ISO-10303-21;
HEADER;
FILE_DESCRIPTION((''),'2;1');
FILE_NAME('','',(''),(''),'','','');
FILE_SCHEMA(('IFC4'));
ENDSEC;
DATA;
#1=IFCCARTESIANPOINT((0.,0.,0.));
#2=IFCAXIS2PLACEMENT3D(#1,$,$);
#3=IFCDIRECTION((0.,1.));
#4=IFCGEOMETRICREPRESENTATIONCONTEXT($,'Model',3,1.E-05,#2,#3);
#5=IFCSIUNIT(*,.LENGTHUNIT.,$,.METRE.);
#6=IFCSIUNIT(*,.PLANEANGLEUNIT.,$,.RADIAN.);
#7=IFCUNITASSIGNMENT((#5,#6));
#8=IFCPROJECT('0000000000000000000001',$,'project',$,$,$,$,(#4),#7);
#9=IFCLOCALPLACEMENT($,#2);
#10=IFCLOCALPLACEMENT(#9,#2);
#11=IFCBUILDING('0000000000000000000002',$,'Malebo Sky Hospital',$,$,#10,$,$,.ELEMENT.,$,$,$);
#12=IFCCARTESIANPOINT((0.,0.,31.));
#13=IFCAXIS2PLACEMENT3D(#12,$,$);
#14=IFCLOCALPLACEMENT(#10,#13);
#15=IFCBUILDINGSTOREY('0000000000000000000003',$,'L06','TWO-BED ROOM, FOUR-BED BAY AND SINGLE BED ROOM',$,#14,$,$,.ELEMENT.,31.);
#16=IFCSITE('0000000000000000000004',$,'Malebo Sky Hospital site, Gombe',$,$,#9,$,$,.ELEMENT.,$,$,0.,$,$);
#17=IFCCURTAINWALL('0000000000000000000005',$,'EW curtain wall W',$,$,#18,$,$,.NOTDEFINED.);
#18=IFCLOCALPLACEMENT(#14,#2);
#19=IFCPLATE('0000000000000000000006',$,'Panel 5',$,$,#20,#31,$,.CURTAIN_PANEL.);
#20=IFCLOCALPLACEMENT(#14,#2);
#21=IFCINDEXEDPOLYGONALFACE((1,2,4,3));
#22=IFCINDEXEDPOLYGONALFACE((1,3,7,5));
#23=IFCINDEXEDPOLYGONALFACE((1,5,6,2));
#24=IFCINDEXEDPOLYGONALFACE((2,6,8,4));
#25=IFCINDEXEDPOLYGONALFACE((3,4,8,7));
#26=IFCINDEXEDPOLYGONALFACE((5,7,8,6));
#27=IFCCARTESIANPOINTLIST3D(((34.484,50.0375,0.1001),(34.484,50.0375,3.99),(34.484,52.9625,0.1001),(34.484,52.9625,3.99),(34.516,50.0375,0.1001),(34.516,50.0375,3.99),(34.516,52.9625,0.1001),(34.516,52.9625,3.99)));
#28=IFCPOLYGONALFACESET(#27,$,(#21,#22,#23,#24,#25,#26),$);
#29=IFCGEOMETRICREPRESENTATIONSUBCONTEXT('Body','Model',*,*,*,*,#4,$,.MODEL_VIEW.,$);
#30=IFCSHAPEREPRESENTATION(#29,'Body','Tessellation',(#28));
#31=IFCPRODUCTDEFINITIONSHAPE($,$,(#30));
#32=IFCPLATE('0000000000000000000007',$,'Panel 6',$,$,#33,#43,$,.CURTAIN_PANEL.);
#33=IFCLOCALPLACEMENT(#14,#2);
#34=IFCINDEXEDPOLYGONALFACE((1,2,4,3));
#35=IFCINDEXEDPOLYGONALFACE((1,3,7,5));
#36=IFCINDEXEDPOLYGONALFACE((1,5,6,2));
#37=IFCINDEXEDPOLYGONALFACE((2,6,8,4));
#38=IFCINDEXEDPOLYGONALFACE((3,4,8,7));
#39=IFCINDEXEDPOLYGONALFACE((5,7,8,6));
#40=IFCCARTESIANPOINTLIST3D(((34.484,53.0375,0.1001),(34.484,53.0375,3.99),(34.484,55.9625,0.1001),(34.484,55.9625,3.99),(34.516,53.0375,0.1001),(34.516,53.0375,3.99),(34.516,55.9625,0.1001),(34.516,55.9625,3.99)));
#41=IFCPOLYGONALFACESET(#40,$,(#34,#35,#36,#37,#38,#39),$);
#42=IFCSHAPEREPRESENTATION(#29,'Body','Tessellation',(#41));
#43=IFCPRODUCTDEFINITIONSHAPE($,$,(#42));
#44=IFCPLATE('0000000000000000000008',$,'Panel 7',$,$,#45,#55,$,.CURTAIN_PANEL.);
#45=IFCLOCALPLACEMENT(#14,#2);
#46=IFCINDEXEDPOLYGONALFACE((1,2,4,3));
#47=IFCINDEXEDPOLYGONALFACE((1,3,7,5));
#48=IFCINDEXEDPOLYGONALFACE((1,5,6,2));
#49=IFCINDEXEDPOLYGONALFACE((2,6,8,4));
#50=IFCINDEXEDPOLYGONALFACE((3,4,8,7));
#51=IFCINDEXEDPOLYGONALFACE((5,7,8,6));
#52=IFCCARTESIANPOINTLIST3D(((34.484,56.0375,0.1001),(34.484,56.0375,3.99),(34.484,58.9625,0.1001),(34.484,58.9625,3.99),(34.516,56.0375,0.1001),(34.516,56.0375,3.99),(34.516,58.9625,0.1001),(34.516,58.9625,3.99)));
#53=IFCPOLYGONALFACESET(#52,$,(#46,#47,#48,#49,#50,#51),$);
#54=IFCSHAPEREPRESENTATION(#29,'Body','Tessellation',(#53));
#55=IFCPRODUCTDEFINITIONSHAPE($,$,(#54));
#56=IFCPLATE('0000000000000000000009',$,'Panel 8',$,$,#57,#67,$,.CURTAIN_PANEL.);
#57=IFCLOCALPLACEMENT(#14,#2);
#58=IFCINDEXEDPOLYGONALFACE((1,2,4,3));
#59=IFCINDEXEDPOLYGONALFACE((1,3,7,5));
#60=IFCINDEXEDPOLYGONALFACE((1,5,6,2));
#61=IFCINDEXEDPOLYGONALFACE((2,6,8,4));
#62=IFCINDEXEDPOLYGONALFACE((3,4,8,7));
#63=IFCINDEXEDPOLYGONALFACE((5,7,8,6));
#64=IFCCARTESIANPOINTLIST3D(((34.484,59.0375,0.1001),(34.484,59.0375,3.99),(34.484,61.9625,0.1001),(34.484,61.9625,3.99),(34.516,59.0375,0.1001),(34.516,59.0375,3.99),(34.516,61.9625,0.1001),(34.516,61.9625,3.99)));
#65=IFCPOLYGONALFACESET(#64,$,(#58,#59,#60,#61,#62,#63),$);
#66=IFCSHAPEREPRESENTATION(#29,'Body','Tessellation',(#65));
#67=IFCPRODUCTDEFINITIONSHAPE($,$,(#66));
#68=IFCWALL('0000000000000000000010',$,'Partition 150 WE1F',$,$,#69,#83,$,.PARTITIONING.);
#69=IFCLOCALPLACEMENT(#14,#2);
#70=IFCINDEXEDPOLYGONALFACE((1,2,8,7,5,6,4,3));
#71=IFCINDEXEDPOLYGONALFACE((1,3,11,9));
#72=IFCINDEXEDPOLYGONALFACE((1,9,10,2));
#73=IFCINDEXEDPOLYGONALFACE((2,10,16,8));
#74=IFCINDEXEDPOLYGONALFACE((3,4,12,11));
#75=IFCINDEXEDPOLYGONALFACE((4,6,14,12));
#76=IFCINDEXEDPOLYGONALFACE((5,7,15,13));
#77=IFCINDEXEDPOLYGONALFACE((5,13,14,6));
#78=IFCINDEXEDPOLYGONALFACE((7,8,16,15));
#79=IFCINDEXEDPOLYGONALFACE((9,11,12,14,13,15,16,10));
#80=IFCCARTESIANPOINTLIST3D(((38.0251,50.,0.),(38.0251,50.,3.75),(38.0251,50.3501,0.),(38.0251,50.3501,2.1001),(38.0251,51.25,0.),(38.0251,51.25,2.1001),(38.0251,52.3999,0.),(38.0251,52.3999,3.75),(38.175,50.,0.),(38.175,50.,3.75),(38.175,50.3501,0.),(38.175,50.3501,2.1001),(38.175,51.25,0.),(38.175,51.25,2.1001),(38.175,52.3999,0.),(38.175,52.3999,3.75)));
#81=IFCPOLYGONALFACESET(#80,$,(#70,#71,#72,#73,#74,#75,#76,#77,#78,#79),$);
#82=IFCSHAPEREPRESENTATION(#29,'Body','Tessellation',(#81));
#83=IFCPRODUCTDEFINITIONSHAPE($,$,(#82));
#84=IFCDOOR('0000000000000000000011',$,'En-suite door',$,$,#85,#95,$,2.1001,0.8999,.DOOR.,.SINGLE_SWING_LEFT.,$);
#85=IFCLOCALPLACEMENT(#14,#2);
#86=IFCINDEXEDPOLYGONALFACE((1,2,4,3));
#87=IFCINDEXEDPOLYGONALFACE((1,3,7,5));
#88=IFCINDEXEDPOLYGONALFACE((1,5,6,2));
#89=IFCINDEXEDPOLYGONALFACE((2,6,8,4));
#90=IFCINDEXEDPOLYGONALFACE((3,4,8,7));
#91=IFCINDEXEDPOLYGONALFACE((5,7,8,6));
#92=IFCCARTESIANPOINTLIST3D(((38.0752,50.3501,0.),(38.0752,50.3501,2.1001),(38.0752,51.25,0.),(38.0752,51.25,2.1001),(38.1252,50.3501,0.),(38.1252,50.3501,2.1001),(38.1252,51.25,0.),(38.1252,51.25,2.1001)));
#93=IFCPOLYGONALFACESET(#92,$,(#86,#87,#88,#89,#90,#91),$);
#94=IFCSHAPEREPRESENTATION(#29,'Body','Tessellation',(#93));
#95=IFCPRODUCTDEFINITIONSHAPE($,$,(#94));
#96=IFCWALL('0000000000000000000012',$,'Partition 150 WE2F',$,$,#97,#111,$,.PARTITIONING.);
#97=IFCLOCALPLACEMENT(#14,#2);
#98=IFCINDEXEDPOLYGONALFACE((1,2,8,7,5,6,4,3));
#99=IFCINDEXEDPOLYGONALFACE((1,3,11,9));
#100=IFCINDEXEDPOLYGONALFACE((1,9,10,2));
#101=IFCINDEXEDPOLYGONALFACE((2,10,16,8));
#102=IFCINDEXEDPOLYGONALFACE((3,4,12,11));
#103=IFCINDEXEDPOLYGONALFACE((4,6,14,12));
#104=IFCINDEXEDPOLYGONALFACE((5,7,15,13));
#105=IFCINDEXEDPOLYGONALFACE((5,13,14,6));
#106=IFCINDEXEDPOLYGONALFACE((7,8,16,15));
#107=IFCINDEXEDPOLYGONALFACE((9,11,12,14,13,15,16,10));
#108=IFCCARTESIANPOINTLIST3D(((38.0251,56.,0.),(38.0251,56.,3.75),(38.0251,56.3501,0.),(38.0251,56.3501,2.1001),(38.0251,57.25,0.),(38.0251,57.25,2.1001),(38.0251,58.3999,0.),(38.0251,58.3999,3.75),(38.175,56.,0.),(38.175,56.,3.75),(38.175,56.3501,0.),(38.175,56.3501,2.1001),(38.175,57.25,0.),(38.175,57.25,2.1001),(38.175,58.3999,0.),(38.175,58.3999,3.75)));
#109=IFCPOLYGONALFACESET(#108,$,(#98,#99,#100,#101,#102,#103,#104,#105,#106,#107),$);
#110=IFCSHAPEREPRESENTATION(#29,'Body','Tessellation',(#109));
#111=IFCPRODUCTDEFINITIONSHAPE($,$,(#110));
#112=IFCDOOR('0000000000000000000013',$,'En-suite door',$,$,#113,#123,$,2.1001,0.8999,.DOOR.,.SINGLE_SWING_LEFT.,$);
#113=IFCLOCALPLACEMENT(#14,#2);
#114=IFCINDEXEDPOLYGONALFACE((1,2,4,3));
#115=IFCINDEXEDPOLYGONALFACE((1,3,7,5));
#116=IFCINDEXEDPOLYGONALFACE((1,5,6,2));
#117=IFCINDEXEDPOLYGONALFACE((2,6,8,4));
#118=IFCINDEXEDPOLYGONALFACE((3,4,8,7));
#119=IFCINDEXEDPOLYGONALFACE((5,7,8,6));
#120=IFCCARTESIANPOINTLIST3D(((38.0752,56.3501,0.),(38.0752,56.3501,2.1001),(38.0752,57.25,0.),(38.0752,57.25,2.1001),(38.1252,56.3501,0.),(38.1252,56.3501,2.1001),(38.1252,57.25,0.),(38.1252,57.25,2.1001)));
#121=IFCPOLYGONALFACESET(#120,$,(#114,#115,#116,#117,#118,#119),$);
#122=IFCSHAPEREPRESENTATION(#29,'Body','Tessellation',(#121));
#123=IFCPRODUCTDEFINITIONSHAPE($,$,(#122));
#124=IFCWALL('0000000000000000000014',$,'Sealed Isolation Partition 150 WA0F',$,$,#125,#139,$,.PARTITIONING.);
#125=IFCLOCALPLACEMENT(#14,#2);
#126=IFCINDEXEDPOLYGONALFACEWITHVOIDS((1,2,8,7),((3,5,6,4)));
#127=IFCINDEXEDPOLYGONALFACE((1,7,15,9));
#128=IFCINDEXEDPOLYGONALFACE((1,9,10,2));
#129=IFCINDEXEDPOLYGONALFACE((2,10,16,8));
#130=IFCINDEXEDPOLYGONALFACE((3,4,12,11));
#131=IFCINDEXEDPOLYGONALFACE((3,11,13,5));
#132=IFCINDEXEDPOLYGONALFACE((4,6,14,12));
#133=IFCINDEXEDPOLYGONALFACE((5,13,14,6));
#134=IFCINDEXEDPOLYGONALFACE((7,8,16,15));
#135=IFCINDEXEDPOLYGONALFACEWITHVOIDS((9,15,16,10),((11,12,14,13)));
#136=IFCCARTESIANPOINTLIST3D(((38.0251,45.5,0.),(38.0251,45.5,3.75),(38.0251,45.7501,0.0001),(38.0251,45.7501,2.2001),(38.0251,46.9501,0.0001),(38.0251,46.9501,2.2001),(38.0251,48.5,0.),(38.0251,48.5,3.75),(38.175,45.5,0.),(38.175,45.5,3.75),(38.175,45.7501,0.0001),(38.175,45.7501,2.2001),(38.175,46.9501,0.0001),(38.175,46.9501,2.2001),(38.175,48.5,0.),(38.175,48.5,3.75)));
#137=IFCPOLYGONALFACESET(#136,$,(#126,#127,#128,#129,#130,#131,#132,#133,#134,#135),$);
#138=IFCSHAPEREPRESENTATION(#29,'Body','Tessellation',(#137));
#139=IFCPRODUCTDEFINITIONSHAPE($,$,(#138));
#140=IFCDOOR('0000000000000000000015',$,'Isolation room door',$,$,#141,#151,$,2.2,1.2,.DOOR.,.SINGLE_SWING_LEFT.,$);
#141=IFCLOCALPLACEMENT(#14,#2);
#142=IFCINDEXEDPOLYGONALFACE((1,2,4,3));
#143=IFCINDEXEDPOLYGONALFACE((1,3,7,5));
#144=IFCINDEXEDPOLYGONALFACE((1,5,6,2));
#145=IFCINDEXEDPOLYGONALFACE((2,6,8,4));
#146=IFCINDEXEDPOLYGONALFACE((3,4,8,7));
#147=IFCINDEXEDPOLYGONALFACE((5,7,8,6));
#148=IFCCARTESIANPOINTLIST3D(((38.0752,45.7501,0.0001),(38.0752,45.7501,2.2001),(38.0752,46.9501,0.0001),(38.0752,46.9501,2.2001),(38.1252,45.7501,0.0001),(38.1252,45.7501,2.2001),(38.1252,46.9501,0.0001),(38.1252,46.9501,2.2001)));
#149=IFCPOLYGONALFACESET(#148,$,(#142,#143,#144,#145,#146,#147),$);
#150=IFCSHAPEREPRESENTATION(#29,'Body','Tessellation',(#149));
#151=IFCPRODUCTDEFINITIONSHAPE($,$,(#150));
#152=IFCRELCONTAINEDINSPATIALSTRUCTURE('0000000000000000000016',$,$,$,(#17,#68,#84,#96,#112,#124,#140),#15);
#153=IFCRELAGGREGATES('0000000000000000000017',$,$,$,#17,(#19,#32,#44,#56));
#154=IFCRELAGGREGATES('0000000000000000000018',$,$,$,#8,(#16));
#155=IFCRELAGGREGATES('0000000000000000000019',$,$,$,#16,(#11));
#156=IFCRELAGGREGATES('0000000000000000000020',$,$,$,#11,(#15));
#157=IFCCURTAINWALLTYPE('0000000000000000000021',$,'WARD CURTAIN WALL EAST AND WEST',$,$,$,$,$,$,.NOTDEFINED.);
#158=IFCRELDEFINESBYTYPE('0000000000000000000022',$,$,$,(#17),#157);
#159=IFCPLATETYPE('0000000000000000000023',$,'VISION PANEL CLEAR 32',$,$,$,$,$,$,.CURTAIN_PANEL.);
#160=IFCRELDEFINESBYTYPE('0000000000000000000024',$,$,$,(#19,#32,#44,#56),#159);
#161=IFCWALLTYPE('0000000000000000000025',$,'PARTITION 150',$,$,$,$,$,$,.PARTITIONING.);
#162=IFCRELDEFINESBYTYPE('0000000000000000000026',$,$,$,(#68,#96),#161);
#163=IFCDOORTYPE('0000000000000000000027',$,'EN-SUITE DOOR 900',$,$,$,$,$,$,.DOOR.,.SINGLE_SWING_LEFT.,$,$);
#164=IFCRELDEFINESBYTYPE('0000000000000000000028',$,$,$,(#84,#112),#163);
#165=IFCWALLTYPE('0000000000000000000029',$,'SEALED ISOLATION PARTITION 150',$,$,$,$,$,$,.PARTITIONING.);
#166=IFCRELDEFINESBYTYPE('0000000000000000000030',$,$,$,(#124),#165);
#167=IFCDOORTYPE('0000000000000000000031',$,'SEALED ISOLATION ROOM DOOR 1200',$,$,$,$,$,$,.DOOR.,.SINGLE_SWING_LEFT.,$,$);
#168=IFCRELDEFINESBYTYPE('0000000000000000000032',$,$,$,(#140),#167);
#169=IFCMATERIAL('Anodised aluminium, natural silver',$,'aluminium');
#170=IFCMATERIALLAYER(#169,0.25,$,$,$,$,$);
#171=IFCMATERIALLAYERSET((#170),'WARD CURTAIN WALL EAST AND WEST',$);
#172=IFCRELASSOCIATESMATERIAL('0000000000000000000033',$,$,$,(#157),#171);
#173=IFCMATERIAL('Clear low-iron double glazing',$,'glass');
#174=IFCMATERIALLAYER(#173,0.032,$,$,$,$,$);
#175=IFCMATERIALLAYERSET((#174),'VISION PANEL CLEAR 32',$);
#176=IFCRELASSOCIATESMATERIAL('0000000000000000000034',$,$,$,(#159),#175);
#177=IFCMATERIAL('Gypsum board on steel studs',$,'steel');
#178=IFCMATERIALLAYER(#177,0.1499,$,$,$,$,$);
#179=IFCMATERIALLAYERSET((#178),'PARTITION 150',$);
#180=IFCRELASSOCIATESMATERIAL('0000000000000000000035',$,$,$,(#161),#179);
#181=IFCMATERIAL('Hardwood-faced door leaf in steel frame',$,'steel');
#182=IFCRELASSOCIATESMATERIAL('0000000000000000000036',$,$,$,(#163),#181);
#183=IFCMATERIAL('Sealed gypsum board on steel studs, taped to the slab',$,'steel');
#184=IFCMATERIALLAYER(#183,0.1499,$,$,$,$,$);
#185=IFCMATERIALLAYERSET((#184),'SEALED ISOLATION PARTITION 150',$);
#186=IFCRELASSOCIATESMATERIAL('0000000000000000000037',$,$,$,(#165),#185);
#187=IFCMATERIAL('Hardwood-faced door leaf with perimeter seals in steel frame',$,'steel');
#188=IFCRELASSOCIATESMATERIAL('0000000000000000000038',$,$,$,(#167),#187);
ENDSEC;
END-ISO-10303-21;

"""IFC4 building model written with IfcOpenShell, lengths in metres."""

from ifc_helpers import new_model, si_unit, direction, frame, frame_2d, origin, origin_2d, place, context, subcontext, project, spatial, rectangle, extrude, material, layer, layer_set, type_object, element, fill, aggregate, save


model = new_model("IFC4")

# Units and contexts
model_context = context("Model", 3, precision=1e-05, world=origin(), true_north=direction((0.0, 1.0)))
body_context = subcontext(model_context, "Body", "Model", "MODEL_VIEW")
ifc_project = project(units=[si_unit("LENGTHUNIT", "METRE"), si_unit("PLANEANGLEUNIT", "RADIAN")], contexts=[model_context])

# Site, building, storey
site_placement = place(None, origin())
site = spatial("IfcSite", under=ifc_project, at=site_placement, Name="Malebo Sky Hospital site, Gombe", CompositionType="ELEMENT", RefElevation=0.0)
building_placement = place(site_placement, origin())
building = spatial("IfcBuilding", under=site, at=building_placement, Name="Malebo Sky Hospital", CompositionType="ELEMENT")
storey_placement = place(building_placement, frame((0.0, 0.0, 31.0)))
storey = spatial("IfcBuildingStorey", under=building, at=storey_placement, Name="L06", Description="TWO-BED ROOM, FOUR-BED BAY AND SINGLE BED ROOM", CompositionType="ELEMENT", Elevation=31.0)

# Curtain wall
ifc_material_1 = material(Name="Anodised aluminium, natural silver", Category="aluminium")
ifc_layer_1 = layer(ifc_material_1, 0.25)
ifc_layer_set_1 = layer_set([ifc_layer_1], Name="WARD CURTAIN WALL EAST AND WEST")
curtain_wall_type = type_object("IfcCurtainWallType", Name="WARD CURTAIN WALL EAST AND WEST", PredefinedType="NOTDEFINED", material=ifc_layer_set_1)
curtain_wall_placement = place(storey_placement, origin())
curtain_wall = element("IfcCurtainWall", 1, at=curtain_wall_placement, inside=storey, type_object=curtain_wall_type, Name="EW curtain wall W", PredefinedType="NOTDEFINED")

# Plates
ifc_material_2 = material(Name="Clear low-iron double glazing", Category="glass")
ifc_layer_2 = layer(ifc_material_2, 0.032)
ifc_layer_set_2 = layer_set([ifc_layer_2], Name="VISION PANEL CLEAR 32")
plate_type = type_object("IfcPlateType", Name="VISION PANEL CLEAR 32", PredefinedType="CURTAIN_PANEL", material=ifc_layer_set_2)
plate_1_placement = place(storey_placement, frame((34.5, 51.5, 0.1001), z_axis=(0.0, 0.0, 1.0), x_axis=(0.0, 1.0, 0.0)))
plate_1 = element("IfcPlate", 2, at=plate_1_placement, type_object=plate_type, Name="Panel 5", PredefinedType="CURTAIN_PANEL", context=body_context, shape_type="SweptSolid", body=[
    extrude(rectangle(XDim=2.925, YDim=0.032, at=origin_2d()), origin(), (0.0, 0.0, 1.0), 3.8899),
])
plate_2_placement = place(storey_placement, frame((34.5, 54.5, 0.1001), z_axis=(0.0, 0.0, 1.0), x_axis=(0.0, 1.0, 0.0)))
plate_2 = element("IfcPlate", 3, at=plate_2_placement, type_object=plate_type, Name="Panel 6", PredefinedType="CURTAIN_PANEL", context=body_context, shape_type="SweptSolid", body=[
    extrude(rectangle(XDim=2.925, YDim=0.032, at=origin_2d()), origin(), (0.0, 0.0, 1.0), 3.8899),
])
plate_3_placement = place(storey_placement, frame((34.5, 57.5, 0.1001), z_axis=(0.0, 0.0, 1.0), x_axis=(0.0, 1.0, 0.0)))
plate_3 = element("IfcPlate", 4, at=plate_3_placement, type_object=plate_type, Name="Panel 7", PredefinedType="CURTAIN_PANEL", context=body_context, shape_type="SweptSolid", body=[
    extrude(rectangle(XDim=2.925, YDim=0.032, at=origin_2d()), origin(), (0.0, 0.0, 1.0), 3.8899),
])
plate_4_placement = place(storey_placement, frame((34.5, 60.5, 0.1001), z_axis=(0.0, 0.0, 1.0), x_axis=(0.0, 1.0, 0.0)))
plate_4 = element("IfcPlate", 5, at=plate_4_placement, type_object=plate_type, Name="Panel 8", PredefinedType="CURTAIN_PANEL", context=body_context, shape_type="SweptSolid", body=[
    extrude(rectangle(XDim=2.925, YDim=0.032, at=origin_2d()), origin(), (0.0, 0.0, 1.0), 3.8899),
])
aggregate(curtain_wall, [plate_1, plate_2, plate_3, plate_4])

# Walls, openings, doors
ifc_material_3 = material(Name="Gypsum board on steel studs", Category="steel")
ifc_layer_3 = layer(ifc_material_3, 0.1499)
ifc_layer_set_3 = layer_set([ifc_layer_3], Name="PARTITION 150")
wall_type_1 = type_object("IfcWallType", Name="PARTITION 150", PredefinedType="PARTITIONING", material=ifc_layer_set_3)
wall_1_placement = place(storey_placement, frame((38.1001, 50.0, 0.0), z_axis=(0.0, 0.0, 1.0), x_axis=(0.0, 1.0, 0.0)))
wall_1 = element("IfcWall", 6, at=wall_1_placement, inside=storey, type_object=wall_type_1, Name="Partition 150 WE1F", PredefinedType="PARTITIONING", context=body_context, shape_type="SweptSolid", body=[
    extrude(rectangle(XDim=2.3999, YDim=0.1499, at=frame_2d((1.2, 0.0))), origin(), (0.0, 0.0, 1.0), 3.75),
])
opening_1_placement = place(wall_1_placement, frame((0.3501, 0.0, 0.0)))
opening_1 = element("IfcOpeningElement", 7, at=opening_1_placement, cuts=wall_1, PredefinedType="OPENING", context=body_context, shape_type="SweptSolid", body=[
    extrude(rectangle(XDim=0.8999, YDim=2.1001, at=frame_2d((0.45, 1.05))), frame((0.0, 0.085, 0.0), z_axis=(0.0, -1.0, 0.0), x_axis=(1.0, 0.0, 0.0)), (0.0, 0.0, 1.0), 0.1699),
])
ifc_material_4 = material(Name="Hardwood-faced door leaf in steel frame", Category="steel")
door_type_1 = type_object("IfcDoorType", Name="EN-SUITE DOOR 900", OperationType="SINGLE_SWING_LEFT", PredefinedType="DOOR", material=ifc_material_4)
door_1_placement = place(opening_1_placement, origin())
door_1 = element("IfcDoor", 8, at=door_1_placement, inside=storey, type_object=door_type_1, Name="En-suite door", OperationType="SINGLE_SWING_LEFT", OverallHeight=2.1001, OverallWidth=0.8999, PredefinedType="DOOR", context=body_context, shape_type="SweptSolid", body=[
    extrude(rectangle(XDim=0.8999, YDim=2.1001, at=frame_2d((0.45, 1.05))), frame((0.0, 0.0249, 0.0), z_axis=(0.0, -1.0, 0.0), x_axis=(1.0, 0.0, 0.0)), (0.0, 0.0, 1.0), 0.05),
])
fill(opening_1, door_1)
wall_2_placement = place(storey_placement, frame((38.1001, 56.0, 0.0), z_axis=(0.0, 0.0, 1.0), x_axis=(0.0, 1.0, 0.0)))
wall_2 = element("IfcWall", 9, at=wall_2_placement, inside=storey, type_object=wall_type_1, Name="Partition 150 WE2F", PredefinedType="PARTITIONING", context=body_context, shape_type="SweptSolid", body=[
    extrude(rectangle(XDim=2.3999, YDim=0.1499, at=frame_2d((1.2, 0.0))), origin(), (0.0, 0.0, 1.0), 3.75),
])
opening_2_placement = place(wall_2_placement, frame((0.3501, 0.0, 0.0)))
opening_2 = element("IfcOpeningElement", 10, at=opening_2_placement, cuts=wall_2, PredefinedType="OPENING", context=body_context, shape_type="SweptSolid", body=[
    extrude(rectangle(XDim=0.8999, YDim=2.1001, at=frame_2d((0.45, 1.05))), frame((0.0, 0.085, 0.0), z_axis=(0.0, -1.0, 0.0), x_axis=(1.0, 0.0, 0.0)), (0.0, 0.0, 1.0), 0.1699),
])
door_2_placement = place(opening_2_placement, origin())
door_2 = element("IfcDoor", 11, at=door_2_placement, inside=storey, type_object=door_type_1, Name="En-suite door", OperationType="SINGLE_SWING_LEFT", OverallHeight=2.1001, OverallWidth=0.8999, PredefinedType="DOOR", context=body_context, shape_type="SweptSolid", body=[
    extrude(rectangle(XDim=0.8999, YDim=2.1001, at=frame_2d((0.45, 1.05))), frame((0.0, 0.0249, 0.0), z_axis=(0.0, -1.0, 0.0), x_axis=(1.0, 0.0, 0.0)), (0.0, 0.0, 1.0), 0.05),
])
fill(opening_2, door_2)
ifc_material_5 = material(Name="Sealed gypsum board on steel studs, taped to the slab", Category="steel")
ifc_layer_4 = layer(ifc_material_5, 0.1499)
ifc_layer_set_4 = layer_set([ifc_layer_4], Name="SEALED ISOLATION PARTITION 150")
wall_type_2 = type_object("IfcWallType", Name="SEALED ISOLATION PARTITION 150", PredefinedType="PARTITIONING", material=ifc_layer_set_4)
wall_3_placement = place(storey_placement, frame((38.1001, 45.5, 0.0), z_axis=(0.0, 0.0, 1.0), x_axis=(0.0, 1.0, 0.0)))
wall_3 = element("IfcWall", 12, at=wall_3_placement, inside=storey, type_object=wall_type_2, Name="Sealed Isolation Partition 150 WA0F", PredefinedType="PARTITIONING", context=body_context, shape_type="SweptSolid", body=[
    extrude(rectangle(XDim=3.0, YDim=0.1499, at=frame_2d((1.5, 0.0))), origin(), (0.0, 0.0, 1.0), 3.75),
])
opening_3_placement = place(wall_3_placement, frame((0.25, 0.0, 0.0)))
opening_3 = element("IfcOpeningElement", 13, at=opening_3_placement, cuts=wall_3, PredefinedType="OPENING", context=body_context, shape_type="SweptSolid", body=[
    extrude(rectangle(XDim=1.2, YDim=2.2, at=frame_2d((0.6001, 1.1001))), frame((0.0, 0.085, 0.0), z_axis=(0.0, -1.0, 0.0), x_axis=(1.0, 0.0, 0.0)), (0.0, 0.0, 1.0), 0.1699),
])
ifc_material_6 = material(Name="Hardwood-faced door leaf with perimeter seals in steel frame", Category="steel")
door_type_2 = type_object("IfcDoorType", Name="SEALED ISOLATION ROOM DOOR 1200", OperationType="SINGLE_SWING_LEFT", PredefinedType="DOOR", material=ifc_material_6)
door_3_placement = place(opening_3_placement, origin())
door_3 = element("IfcDoor", 14, at=door_3_placement, inside=storey, type_object=door_type_2, Name="Isolation room door", OperationType="SINGLE_SWING_LEFT", OverallHeight=2.2, OverallWidth=1.2, PredefinedType="DOOR", context=body_context, shape_type="SweptSolid", body=[
    extrude(rectangle(XDim=1.2, YDim=2.2, at=frame_2d((0.6001, 1.1001))), frame((0.0, 0.0249, 0.0), z_axis=(0.0, -1.0, 0.0), x_axis=(1.0, 0.0, 0.0)), (0.0, 0.0, 1.0), 0.05),
])
fill(opening_3, door_3)

save(model, "model.ifc")
